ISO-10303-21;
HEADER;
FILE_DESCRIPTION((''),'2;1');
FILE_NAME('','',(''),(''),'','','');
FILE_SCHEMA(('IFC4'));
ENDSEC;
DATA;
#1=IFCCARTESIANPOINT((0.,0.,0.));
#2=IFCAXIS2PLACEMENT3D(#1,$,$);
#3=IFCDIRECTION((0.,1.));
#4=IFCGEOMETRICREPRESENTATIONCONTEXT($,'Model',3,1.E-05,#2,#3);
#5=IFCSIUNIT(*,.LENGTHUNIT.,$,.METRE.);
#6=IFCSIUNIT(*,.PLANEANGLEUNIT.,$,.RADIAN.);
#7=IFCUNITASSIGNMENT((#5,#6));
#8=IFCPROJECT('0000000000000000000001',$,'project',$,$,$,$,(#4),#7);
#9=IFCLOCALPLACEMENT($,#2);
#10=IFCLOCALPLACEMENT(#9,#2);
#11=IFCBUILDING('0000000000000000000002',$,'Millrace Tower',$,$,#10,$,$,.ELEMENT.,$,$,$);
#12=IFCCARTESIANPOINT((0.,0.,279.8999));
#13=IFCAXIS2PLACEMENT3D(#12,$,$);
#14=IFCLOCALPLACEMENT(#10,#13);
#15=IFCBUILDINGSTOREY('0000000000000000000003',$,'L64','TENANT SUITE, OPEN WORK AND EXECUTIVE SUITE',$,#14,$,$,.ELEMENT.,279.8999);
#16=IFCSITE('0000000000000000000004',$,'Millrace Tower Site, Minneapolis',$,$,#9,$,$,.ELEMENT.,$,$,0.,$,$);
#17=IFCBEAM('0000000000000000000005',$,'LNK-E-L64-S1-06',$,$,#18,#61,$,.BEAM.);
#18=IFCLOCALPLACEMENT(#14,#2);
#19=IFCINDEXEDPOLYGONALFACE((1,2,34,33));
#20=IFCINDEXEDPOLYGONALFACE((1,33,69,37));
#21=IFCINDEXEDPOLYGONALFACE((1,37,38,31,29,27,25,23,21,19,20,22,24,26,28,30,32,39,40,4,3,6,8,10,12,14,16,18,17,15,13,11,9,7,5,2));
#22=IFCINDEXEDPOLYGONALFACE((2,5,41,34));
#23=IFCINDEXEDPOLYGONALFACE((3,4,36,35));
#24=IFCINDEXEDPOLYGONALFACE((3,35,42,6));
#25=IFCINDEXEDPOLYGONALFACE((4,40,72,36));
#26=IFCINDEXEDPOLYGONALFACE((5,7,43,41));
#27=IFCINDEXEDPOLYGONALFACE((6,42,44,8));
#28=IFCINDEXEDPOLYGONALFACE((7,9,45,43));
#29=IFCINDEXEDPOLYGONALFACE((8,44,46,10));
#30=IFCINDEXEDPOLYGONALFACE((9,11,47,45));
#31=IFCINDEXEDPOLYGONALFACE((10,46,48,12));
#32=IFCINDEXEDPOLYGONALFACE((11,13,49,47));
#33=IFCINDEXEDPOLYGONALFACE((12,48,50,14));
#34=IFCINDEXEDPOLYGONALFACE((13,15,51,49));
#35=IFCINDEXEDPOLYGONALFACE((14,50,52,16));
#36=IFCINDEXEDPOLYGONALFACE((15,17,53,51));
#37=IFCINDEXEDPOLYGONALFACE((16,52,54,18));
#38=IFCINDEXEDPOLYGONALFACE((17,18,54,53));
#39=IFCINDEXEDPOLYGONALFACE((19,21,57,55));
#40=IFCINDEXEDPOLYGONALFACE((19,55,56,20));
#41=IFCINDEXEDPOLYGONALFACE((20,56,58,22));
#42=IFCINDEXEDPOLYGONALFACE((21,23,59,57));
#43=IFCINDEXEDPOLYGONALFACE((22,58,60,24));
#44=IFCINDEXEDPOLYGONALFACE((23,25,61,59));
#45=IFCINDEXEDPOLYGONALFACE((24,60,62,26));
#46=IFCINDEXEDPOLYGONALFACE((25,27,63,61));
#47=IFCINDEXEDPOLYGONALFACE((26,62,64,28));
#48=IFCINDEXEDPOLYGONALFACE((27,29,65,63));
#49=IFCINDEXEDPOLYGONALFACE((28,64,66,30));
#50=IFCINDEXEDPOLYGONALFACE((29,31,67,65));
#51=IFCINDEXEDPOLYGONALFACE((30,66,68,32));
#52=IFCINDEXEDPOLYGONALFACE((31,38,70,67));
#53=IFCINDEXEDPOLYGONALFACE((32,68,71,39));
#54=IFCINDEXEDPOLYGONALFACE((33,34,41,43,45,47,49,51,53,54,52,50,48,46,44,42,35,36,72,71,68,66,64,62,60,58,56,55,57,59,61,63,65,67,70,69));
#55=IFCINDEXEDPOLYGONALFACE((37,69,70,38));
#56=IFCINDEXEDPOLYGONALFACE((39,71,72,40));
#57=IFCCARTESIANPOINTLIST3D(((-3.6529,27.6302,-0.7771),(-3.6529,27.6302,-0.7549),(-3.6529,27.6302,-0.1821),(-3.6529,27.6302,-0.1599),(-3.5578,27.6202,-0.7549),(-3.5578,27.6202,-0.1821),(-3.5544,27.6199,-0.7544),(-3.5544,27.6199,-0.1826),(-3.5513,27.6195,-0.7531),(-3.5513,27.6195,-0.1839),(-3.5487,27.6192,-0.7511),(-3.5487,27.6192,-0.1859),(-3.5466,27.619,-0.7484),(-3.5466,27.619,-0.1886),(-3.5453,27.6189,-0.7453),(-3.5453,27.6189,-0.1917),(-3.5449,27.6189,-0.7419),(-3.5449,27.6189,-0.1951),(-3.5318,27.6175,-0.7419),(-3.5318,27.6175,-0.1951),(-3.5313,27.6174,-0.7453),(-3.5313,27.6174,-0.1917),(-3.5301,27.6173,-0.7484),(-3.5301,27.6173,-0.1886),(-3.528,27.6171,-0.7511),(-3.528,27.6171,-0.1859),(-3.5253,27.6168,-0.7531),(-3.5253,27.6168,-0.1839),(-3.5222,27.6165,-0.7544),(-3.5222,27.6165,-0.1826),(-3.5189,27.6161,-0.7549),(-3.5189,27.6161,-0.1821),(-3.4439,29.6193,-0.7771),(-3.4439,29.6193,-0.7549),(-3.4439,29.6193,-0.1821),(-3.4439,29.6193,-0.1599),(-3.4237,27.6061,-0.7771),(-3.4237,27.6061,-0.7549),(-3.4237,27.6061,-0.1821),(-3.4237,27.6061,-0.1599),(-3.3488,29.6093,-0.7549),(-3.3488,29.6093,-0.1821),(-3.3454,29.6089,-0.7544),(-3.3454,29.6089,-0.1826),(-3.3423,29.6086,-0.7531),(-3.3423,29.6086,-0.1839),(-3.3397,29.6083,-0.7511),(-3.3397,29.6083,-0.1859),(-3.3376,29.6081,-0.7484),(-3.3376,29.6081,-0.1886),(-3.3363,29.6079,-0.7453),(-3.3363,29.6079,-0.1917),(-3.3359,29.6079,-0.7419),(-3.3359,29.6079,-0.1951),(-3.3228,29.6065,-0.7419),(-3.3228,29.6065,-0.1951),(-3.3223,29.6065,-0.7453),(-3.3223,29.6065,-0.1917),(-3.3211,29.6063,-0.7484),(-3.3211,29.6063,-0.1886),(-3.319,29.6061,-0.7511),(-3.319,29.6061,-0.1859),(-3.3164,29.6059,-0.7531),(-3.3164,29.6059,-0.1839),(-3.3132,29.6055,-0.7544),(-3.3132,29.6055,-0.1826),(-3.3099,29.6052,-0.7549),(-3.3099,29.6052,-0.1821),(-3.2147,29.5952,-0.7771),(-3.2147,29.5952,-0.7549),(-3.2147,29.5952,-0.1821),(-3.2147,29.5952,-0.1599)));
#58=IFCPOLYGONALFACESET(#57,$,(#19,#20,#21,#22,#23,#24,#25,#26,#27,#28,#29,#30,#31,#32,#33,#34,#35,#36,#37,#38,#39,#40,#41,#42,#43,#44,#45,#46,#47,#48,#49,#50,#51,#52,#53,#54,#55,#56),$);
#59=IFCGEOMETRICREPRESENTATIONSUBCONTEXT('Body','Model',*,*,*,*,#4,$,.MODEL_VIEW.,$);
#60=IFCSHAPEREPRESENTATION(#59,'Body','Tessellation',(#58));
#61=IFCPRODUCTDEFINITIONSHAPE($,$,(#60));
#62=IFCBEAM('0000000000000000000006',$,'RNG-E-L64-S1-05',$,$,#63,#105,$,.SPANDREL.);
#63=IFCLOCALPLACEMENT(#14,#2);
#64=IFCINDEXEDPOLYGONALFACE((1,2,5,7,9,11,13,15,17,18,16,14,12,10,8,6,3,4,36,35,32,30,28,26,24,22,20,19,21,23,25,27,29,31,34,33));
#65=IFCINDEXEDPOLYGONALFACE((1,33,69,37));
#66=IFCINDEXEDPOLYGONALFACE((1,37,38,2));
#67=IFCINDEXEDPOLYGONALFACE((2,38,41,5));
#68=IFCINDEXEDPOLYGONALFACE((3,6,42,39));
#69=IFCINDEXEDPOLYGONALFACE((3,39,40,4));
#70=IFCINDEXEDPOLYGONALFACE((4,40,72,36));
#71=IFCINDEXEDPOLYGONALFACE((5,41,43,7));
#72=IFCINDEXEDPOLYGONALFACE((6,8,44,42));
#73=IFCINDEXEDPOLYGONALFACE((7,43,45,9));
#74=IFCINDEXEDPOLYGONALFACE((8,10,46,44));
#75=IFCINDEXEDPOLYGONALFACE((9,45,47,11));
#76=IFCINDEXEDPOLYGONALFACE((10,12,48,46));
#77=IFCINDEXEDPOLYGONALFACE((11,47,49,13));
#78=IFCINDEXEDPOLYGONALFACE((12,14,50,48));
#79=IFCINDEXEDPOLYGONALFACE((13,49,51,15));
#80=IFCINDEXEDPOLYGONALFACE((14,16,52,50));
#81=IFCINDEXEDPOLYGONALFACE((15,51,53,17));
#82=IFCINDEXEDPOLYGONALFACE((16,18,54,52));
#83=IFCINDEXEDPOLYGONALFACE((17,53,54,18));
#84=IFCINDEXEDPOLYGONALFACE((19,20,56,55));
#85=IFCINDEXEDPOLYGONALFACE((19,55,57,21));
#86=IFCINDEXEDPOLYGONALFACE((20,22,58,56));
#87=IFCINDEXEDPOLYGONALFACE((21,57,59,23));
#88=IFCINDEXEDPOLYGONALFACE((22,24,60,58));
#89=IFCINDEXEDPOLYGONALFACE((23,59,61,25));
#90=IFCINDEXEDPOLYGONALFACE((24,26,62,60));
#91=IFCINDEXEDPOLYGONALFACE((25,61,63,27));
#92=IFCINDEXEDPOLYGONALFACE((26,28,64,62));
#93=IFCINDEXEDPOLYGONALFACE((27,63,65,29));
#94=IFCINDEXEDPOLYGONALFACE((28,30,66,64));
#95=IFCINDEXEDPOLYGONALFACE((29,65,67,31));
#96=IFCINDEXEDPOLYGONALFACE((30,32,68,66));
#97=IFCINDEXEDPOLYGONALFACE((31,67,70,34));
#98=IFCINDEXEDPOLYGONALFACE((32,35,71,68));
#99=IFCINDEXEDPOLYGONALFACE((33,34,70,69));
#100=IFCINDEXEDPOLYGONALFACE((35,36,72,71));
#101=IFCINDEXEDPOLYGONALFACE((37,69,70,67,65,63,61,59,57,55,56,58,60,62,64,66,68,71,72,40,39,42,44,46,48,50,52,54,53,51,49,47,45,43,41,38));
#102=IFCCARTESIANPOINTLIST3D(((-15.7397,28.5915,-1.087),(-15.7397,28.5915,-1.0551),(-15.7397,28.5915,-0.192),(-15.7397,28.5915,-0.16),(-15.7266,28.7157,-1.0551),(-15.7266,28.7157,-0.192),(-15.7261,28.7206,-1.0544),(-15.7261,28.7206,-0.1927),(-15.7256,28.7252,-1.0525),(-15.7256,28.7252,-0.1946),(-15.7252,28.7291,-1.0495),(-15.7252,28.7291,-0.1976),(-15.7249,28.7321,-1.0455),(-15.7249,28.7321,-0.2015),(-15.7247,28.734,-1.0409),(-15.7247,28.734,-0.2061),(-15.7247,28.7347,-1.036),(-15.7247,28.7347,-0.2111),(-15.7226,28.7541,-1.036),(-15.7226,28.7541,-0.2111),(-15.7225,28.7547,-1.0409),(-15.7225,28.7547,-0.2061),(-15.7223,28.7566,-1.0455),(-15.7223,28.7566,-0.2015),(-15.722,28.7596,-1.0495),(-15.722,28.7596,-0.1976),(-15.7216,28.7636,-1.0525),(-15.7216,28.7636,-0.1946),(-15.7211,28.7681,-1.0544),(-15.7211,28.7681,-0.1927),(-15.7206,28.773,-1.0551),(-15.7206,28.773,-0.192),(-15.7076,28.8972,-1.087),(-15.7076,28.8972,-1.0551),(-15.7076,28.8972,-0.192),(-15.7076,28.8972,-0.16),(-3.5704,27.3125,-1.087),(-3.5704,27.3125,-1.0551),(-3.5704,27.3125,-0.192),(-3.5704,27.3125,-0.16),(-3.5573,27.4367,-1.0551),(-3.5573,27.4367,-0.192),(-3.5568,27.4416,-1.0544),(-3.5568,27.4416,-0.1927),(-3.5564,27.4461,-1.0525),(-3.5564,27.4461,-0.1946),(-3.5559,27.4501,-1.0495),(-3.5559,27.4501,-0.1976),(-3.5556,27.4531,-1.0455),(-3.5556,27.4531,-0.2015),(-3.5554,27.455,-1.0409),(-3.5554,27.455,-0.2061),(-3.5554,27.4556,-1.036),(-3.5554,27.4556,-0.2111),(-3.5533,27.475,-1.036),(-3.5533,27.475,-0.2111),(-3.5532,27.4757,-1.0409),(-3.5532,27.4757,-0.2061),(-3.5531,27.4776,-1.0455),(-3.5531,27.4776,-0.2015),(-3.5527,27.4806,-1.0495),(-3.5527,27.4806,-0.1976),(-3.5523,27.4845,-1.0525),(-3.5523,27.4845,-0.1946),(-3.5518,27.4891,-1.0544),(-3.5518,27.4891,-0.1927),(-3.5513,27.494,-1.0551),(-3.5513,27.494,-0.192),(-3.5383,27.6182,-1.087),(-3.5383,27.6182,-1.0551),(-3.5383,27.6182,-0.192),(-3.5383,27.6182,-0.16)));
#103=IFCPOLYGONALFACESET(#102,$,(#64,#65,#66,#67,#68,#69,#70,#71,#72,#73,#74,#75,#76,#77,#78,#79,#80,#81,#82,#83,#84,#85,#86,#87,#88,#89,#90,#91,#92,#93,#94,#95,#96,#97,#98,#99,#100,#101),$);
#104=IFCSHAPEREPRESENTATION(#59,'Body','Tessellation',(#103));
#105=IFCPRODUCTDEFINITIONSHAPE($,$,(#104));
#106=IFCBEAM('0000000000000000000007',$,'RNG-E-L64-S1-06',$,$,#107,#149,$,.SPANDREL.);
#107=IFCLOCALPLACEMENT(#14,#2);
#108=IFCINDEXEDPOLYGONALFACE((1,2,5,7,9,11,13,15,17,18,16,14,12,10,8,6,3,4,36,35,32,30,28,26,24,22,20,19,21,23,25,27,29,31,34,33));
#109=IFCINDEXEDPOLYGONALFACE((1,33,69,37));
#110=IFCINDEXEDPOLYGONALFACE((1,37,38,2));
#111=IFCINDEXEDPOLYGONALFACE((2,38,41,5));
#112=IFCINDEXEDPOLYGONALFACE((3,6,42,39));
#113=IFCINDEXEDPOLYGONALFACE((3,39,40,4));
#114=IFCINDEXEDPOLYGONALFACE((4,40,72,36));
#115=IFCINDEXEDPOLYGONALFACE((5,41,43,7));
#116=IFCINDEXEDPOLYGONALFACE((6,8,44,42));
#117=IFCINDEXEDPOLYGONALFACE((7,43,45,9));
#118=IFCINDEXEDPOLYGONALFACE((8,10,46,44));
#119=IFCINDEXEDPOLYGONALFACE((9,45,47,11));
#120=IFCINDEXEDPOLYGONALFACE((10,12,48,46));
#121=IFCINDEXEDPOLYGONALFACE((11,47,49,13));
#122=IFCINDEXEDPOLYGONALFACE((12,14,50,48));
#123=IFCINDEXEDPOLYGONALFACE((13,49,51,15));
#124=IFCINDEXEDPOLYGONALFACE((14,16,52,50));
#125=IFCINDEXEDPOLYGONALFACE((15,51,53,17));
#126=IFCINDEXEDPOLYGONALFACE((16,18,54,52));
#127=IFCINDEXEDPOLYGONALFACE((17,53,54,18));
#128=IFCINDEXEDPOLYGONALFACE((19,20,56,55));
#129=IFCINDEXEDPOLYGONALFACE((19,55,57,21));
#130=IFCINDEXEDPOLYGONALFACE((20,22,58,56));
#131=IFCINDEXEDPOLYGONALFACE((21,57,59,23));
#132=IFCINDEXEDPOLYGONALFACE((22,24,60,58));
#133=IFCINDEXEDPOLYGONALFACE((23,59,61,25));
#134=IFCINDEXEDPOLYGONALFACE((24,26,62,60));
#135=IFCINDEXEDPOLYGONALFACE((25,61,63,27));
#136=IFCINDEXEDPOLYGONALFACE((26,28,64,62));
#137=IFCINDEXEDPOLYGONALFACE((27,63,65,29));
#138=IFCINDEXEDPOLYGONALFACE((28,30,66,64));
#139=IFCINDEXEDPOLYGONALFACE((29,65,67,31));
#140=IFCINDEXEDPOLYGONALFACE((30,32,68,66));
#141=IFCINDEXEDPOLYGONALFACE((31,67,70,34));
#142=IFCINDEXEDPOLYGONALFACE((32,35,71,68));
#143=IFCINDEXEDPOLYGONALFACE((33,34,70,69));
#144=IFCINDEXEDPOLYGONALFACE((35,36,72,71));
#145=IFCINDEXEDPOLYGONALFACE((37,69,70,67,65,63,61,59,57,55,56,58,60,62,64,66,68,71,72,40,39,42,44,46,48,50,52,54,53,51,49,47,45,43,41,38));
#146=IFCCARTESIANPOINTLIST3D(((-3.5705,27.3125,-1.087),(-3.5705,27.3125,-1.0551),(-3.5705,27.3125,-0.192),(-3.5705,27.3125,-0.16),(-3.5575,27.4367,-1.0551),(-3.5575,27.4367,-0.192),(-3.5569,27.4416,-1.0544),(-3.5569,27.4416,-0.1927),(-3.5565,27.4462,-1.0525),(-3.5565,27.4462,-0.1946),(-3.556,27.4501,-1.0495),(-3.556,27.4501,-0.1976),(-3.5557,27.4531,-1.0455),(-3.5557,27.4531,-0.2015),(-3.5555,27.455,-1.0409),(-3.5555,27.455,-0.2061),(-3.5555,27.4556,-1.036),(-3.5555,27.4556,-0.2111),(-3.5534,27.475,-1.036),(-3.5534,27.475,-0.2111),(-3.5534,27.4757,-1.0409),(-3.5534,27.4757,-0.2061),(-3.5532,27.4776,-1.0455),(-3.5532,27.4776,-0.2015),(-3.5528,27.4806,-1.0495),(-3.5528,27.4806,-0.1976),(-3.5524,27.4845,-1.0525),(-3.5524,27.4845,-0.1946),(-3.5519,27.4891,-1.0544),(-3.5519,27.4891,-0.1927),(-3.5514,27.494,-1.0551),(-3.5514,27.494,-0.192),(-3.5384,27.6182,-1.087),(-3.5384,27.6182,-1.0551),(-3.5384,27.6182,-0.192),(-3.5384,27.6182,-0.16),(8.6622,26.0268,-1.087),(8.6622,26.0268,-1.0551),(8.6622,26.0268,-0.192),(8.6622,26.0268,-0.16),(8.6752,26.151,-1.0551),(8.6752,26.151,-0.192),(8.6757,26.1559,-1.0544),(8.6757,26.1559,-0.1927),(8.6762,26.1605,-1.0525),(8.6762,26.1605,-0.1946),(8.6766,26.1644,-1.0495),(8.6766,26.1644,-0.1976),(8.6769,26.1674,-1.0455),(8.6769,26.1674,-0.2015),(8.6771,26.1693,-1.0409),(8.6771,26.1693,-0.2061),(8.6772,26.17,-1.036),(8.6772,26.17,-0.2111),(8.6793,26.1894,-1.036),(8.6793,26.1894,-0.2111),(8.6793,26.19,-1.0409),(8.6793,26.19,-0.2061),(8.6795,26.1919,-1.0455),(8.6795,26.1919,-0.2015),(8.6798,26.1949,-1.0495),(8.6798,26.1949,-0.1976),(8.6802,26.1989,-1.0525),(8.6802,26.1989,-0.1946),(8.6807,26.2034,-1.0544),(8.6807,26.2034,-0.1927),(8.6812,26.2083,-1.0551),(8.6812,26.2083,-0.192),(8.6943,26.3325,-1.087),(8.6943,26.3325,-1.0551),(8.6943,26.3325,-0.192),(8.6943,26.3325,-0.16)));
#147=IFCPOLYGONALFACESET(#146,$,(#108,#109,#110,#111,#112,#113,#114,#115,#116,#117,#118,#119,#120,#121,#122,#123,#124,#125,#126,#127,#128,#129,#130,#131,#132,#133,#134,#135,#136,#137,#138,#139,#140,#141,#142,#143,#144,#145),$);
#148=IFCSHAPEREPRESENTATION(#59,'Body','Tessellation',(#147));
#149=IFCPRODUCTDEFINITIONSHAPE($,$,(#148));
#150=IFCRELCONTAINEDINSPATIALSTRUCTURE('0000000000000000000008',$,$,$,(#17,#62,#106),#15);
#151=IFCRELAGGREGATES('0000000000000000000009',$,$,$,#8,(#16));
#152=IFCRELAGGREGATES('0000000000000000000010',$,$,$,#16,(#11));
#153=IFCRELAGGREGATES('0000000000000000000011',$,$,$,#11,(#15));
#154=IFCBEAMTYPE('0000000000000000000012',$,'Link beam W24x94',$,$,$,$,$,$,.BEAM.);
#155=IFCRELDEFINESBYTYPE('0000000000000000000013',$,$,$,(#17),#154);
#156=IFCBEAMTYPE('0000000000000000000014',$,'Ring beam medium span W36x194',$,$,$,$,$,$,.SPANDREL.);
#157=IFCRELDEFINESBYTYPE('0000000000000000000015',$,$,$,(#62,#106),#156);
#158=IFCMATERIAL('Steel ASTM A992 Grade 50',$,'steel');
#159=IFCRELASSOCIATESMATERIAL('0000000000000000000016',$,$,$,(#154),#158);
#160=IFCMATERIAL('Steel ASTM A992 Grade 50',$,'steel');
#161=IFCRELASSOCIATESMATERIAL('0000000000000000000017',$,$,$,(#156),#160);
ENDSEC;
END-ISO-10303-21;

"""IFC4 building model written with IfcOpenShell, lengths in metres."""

from ifc_helpers import new_model, si_unit, direction, frame, origin, origin_2d, place, context, subcontext, project, spatial, i_section, extrude, material, material_profile, profile_set, type_object, element, save


model = new_model("IFC4")

# Units and contexts
model_context = context("Model", 3, precision=1e-05, world=origin(), true_north=direction((0.0, 1.0)))
body_context = subcontext(model_context, "Body", "Model", "MODEL_VIEW")
ifc_project = project(units=[si_unit("LENGTHUNIT", "METRE"), si_unit("PLANEANGLEUNIT", "RADIAN")], contexts=[model_context])

# Site, building, storey
site_placement = place(None, origin())
site = spatial("IfcSite", under=ifc_project, at=site_placement, Name="Millrace Tower Site, Minneapolis", CompositionType="ELEMENT", RefElevation=0.0)
building_placement = place(site_placement, origin())
building = spatial("IfcBuilding", under=site, at=building_placement, Name="Millrace Tower", CompositionType="ELEMENT")
storey_placement = place(building_placement, frame((0.0, 0.0, 279.8999)))
storey = spatial("IfcBuildingStorey", under=building, at=storey_placement, Name="L64", Description="TENANT SUITE, OPEN WORK AND EXECUTIVE SUITE", CompositionType="ELEMENT", Elevation=279.8999)

# Beams
ifc_material_1 = material(Name="Steel ASTM A992 Grade 50", Category="steel")
ifc_material_profile_1 = material_profile(ifc_material_1, i_section(OverallWidth=0.2305, OverallDepth=0.6172, WebThickness=0.0132, FlangeThickness=0.0222, FilletRadius=0.0129, at=origin_2d()))
ifc_profile_set_1 = profile_set([ifc_material_profile_1], Name="Steel ASTM A992 Grade 50")
beam_type_1 = type_object("IfcBeamType", Name="Link beam W24x94", PredefinedType="BEAM", material=ifc_profile_set_1)
beam_1_placement = place(storey_placement, frame((-3.5383, 27.6182, -0.4685), z_axis=(0.104494, 0.994526, 0.0), x_axis=(-0.994526, 0.104494, 0.0)))
element("IfcBeam", 1, at=beam_1_placement, inside=storey, type_object=beam_type_1, Name="LNK-E-L64-S1-06", PredefinedType="BEAM", context=body_context, shape_type="SweptSolid", body=[
    extrude(i_section(OverallWidth=0.2305, OverallDepth=0.6172, WebThickness=0.0132, FlangeThickness=0.0222, FilletRadius=0.0129, at=origin_2d()), origin(), (0.0, 0.0, 1.0), 2.0),
])
ifc_material_2 = material(Name="Steel ASTM A992 Grade 50", Category="steel")
ifc_material_profile_2 = material_profile(ifc_material_2, i_section(OverallWidth=0.3074, OverallDepth=0.927, WebThickness=0.0195, FlangeThickness=0.032, FilletRadius=0.019, at=origin_2d()))
ifc_profile_set_2 = profile_set([ifc_material_profile_2], Name="Steel ASTM A992 Grade 50")
beam_type_2 = type_object("IfcBeamType", Name="Ring beam medium span W36x194", PredefinedType="SPANDREL", material=ifc_profile_set_2)
beam_2_placement = place(storey_placement, frame((-15.7236, 28.7444, -0.6235), z_axis=(0.994522, -0.10453, 0.0), x_axis=(0.10453, 0.994522, 0.0)))
element("IfcBeam", 2, at=beam_2_placement, inside=storey, type_object=beam_type_2, Name="RNG-E-L64-S1-05", PredefinedType="SPANDREL", context=body_context, shape_type="SweptSolid", body=[
    extrude(i_section(OverallWidth=0.3074, OverallDepth=0.927, WebThickness=0.0195, FlangeThickness=0.032, FilletRadius=0.019, at=origin_2d()), origin(), (0.0, 0.0, 1.0), 12.2363),
])
beam_3_placement = place(storey_placement, frame((-3.5544, 27.4653, -0.6235), z_axis=(0.994522, -0.104524, 0.0), x_axis=(0.104524, 0.994522, 0.0)))
element("IfcBeam", 3, at=beam_3_placement, inside=storey, type_object=beam_type_2, Name="RNG-E-L64-S1-06", PredefinedType="SPANDREL", context=body_context, shape_type="SweptSolid", body=[
    extrude(i_section(OverallWidth=0.3074, OverallDepth=0.927, WebThickness=0.0195, FlangeThickness=0.032, FilletRadius=0.019, at=origin_2d()), origin(), (0.0, 0.0, 1.0), 12.3),
])

save(model, "model.ifc")
